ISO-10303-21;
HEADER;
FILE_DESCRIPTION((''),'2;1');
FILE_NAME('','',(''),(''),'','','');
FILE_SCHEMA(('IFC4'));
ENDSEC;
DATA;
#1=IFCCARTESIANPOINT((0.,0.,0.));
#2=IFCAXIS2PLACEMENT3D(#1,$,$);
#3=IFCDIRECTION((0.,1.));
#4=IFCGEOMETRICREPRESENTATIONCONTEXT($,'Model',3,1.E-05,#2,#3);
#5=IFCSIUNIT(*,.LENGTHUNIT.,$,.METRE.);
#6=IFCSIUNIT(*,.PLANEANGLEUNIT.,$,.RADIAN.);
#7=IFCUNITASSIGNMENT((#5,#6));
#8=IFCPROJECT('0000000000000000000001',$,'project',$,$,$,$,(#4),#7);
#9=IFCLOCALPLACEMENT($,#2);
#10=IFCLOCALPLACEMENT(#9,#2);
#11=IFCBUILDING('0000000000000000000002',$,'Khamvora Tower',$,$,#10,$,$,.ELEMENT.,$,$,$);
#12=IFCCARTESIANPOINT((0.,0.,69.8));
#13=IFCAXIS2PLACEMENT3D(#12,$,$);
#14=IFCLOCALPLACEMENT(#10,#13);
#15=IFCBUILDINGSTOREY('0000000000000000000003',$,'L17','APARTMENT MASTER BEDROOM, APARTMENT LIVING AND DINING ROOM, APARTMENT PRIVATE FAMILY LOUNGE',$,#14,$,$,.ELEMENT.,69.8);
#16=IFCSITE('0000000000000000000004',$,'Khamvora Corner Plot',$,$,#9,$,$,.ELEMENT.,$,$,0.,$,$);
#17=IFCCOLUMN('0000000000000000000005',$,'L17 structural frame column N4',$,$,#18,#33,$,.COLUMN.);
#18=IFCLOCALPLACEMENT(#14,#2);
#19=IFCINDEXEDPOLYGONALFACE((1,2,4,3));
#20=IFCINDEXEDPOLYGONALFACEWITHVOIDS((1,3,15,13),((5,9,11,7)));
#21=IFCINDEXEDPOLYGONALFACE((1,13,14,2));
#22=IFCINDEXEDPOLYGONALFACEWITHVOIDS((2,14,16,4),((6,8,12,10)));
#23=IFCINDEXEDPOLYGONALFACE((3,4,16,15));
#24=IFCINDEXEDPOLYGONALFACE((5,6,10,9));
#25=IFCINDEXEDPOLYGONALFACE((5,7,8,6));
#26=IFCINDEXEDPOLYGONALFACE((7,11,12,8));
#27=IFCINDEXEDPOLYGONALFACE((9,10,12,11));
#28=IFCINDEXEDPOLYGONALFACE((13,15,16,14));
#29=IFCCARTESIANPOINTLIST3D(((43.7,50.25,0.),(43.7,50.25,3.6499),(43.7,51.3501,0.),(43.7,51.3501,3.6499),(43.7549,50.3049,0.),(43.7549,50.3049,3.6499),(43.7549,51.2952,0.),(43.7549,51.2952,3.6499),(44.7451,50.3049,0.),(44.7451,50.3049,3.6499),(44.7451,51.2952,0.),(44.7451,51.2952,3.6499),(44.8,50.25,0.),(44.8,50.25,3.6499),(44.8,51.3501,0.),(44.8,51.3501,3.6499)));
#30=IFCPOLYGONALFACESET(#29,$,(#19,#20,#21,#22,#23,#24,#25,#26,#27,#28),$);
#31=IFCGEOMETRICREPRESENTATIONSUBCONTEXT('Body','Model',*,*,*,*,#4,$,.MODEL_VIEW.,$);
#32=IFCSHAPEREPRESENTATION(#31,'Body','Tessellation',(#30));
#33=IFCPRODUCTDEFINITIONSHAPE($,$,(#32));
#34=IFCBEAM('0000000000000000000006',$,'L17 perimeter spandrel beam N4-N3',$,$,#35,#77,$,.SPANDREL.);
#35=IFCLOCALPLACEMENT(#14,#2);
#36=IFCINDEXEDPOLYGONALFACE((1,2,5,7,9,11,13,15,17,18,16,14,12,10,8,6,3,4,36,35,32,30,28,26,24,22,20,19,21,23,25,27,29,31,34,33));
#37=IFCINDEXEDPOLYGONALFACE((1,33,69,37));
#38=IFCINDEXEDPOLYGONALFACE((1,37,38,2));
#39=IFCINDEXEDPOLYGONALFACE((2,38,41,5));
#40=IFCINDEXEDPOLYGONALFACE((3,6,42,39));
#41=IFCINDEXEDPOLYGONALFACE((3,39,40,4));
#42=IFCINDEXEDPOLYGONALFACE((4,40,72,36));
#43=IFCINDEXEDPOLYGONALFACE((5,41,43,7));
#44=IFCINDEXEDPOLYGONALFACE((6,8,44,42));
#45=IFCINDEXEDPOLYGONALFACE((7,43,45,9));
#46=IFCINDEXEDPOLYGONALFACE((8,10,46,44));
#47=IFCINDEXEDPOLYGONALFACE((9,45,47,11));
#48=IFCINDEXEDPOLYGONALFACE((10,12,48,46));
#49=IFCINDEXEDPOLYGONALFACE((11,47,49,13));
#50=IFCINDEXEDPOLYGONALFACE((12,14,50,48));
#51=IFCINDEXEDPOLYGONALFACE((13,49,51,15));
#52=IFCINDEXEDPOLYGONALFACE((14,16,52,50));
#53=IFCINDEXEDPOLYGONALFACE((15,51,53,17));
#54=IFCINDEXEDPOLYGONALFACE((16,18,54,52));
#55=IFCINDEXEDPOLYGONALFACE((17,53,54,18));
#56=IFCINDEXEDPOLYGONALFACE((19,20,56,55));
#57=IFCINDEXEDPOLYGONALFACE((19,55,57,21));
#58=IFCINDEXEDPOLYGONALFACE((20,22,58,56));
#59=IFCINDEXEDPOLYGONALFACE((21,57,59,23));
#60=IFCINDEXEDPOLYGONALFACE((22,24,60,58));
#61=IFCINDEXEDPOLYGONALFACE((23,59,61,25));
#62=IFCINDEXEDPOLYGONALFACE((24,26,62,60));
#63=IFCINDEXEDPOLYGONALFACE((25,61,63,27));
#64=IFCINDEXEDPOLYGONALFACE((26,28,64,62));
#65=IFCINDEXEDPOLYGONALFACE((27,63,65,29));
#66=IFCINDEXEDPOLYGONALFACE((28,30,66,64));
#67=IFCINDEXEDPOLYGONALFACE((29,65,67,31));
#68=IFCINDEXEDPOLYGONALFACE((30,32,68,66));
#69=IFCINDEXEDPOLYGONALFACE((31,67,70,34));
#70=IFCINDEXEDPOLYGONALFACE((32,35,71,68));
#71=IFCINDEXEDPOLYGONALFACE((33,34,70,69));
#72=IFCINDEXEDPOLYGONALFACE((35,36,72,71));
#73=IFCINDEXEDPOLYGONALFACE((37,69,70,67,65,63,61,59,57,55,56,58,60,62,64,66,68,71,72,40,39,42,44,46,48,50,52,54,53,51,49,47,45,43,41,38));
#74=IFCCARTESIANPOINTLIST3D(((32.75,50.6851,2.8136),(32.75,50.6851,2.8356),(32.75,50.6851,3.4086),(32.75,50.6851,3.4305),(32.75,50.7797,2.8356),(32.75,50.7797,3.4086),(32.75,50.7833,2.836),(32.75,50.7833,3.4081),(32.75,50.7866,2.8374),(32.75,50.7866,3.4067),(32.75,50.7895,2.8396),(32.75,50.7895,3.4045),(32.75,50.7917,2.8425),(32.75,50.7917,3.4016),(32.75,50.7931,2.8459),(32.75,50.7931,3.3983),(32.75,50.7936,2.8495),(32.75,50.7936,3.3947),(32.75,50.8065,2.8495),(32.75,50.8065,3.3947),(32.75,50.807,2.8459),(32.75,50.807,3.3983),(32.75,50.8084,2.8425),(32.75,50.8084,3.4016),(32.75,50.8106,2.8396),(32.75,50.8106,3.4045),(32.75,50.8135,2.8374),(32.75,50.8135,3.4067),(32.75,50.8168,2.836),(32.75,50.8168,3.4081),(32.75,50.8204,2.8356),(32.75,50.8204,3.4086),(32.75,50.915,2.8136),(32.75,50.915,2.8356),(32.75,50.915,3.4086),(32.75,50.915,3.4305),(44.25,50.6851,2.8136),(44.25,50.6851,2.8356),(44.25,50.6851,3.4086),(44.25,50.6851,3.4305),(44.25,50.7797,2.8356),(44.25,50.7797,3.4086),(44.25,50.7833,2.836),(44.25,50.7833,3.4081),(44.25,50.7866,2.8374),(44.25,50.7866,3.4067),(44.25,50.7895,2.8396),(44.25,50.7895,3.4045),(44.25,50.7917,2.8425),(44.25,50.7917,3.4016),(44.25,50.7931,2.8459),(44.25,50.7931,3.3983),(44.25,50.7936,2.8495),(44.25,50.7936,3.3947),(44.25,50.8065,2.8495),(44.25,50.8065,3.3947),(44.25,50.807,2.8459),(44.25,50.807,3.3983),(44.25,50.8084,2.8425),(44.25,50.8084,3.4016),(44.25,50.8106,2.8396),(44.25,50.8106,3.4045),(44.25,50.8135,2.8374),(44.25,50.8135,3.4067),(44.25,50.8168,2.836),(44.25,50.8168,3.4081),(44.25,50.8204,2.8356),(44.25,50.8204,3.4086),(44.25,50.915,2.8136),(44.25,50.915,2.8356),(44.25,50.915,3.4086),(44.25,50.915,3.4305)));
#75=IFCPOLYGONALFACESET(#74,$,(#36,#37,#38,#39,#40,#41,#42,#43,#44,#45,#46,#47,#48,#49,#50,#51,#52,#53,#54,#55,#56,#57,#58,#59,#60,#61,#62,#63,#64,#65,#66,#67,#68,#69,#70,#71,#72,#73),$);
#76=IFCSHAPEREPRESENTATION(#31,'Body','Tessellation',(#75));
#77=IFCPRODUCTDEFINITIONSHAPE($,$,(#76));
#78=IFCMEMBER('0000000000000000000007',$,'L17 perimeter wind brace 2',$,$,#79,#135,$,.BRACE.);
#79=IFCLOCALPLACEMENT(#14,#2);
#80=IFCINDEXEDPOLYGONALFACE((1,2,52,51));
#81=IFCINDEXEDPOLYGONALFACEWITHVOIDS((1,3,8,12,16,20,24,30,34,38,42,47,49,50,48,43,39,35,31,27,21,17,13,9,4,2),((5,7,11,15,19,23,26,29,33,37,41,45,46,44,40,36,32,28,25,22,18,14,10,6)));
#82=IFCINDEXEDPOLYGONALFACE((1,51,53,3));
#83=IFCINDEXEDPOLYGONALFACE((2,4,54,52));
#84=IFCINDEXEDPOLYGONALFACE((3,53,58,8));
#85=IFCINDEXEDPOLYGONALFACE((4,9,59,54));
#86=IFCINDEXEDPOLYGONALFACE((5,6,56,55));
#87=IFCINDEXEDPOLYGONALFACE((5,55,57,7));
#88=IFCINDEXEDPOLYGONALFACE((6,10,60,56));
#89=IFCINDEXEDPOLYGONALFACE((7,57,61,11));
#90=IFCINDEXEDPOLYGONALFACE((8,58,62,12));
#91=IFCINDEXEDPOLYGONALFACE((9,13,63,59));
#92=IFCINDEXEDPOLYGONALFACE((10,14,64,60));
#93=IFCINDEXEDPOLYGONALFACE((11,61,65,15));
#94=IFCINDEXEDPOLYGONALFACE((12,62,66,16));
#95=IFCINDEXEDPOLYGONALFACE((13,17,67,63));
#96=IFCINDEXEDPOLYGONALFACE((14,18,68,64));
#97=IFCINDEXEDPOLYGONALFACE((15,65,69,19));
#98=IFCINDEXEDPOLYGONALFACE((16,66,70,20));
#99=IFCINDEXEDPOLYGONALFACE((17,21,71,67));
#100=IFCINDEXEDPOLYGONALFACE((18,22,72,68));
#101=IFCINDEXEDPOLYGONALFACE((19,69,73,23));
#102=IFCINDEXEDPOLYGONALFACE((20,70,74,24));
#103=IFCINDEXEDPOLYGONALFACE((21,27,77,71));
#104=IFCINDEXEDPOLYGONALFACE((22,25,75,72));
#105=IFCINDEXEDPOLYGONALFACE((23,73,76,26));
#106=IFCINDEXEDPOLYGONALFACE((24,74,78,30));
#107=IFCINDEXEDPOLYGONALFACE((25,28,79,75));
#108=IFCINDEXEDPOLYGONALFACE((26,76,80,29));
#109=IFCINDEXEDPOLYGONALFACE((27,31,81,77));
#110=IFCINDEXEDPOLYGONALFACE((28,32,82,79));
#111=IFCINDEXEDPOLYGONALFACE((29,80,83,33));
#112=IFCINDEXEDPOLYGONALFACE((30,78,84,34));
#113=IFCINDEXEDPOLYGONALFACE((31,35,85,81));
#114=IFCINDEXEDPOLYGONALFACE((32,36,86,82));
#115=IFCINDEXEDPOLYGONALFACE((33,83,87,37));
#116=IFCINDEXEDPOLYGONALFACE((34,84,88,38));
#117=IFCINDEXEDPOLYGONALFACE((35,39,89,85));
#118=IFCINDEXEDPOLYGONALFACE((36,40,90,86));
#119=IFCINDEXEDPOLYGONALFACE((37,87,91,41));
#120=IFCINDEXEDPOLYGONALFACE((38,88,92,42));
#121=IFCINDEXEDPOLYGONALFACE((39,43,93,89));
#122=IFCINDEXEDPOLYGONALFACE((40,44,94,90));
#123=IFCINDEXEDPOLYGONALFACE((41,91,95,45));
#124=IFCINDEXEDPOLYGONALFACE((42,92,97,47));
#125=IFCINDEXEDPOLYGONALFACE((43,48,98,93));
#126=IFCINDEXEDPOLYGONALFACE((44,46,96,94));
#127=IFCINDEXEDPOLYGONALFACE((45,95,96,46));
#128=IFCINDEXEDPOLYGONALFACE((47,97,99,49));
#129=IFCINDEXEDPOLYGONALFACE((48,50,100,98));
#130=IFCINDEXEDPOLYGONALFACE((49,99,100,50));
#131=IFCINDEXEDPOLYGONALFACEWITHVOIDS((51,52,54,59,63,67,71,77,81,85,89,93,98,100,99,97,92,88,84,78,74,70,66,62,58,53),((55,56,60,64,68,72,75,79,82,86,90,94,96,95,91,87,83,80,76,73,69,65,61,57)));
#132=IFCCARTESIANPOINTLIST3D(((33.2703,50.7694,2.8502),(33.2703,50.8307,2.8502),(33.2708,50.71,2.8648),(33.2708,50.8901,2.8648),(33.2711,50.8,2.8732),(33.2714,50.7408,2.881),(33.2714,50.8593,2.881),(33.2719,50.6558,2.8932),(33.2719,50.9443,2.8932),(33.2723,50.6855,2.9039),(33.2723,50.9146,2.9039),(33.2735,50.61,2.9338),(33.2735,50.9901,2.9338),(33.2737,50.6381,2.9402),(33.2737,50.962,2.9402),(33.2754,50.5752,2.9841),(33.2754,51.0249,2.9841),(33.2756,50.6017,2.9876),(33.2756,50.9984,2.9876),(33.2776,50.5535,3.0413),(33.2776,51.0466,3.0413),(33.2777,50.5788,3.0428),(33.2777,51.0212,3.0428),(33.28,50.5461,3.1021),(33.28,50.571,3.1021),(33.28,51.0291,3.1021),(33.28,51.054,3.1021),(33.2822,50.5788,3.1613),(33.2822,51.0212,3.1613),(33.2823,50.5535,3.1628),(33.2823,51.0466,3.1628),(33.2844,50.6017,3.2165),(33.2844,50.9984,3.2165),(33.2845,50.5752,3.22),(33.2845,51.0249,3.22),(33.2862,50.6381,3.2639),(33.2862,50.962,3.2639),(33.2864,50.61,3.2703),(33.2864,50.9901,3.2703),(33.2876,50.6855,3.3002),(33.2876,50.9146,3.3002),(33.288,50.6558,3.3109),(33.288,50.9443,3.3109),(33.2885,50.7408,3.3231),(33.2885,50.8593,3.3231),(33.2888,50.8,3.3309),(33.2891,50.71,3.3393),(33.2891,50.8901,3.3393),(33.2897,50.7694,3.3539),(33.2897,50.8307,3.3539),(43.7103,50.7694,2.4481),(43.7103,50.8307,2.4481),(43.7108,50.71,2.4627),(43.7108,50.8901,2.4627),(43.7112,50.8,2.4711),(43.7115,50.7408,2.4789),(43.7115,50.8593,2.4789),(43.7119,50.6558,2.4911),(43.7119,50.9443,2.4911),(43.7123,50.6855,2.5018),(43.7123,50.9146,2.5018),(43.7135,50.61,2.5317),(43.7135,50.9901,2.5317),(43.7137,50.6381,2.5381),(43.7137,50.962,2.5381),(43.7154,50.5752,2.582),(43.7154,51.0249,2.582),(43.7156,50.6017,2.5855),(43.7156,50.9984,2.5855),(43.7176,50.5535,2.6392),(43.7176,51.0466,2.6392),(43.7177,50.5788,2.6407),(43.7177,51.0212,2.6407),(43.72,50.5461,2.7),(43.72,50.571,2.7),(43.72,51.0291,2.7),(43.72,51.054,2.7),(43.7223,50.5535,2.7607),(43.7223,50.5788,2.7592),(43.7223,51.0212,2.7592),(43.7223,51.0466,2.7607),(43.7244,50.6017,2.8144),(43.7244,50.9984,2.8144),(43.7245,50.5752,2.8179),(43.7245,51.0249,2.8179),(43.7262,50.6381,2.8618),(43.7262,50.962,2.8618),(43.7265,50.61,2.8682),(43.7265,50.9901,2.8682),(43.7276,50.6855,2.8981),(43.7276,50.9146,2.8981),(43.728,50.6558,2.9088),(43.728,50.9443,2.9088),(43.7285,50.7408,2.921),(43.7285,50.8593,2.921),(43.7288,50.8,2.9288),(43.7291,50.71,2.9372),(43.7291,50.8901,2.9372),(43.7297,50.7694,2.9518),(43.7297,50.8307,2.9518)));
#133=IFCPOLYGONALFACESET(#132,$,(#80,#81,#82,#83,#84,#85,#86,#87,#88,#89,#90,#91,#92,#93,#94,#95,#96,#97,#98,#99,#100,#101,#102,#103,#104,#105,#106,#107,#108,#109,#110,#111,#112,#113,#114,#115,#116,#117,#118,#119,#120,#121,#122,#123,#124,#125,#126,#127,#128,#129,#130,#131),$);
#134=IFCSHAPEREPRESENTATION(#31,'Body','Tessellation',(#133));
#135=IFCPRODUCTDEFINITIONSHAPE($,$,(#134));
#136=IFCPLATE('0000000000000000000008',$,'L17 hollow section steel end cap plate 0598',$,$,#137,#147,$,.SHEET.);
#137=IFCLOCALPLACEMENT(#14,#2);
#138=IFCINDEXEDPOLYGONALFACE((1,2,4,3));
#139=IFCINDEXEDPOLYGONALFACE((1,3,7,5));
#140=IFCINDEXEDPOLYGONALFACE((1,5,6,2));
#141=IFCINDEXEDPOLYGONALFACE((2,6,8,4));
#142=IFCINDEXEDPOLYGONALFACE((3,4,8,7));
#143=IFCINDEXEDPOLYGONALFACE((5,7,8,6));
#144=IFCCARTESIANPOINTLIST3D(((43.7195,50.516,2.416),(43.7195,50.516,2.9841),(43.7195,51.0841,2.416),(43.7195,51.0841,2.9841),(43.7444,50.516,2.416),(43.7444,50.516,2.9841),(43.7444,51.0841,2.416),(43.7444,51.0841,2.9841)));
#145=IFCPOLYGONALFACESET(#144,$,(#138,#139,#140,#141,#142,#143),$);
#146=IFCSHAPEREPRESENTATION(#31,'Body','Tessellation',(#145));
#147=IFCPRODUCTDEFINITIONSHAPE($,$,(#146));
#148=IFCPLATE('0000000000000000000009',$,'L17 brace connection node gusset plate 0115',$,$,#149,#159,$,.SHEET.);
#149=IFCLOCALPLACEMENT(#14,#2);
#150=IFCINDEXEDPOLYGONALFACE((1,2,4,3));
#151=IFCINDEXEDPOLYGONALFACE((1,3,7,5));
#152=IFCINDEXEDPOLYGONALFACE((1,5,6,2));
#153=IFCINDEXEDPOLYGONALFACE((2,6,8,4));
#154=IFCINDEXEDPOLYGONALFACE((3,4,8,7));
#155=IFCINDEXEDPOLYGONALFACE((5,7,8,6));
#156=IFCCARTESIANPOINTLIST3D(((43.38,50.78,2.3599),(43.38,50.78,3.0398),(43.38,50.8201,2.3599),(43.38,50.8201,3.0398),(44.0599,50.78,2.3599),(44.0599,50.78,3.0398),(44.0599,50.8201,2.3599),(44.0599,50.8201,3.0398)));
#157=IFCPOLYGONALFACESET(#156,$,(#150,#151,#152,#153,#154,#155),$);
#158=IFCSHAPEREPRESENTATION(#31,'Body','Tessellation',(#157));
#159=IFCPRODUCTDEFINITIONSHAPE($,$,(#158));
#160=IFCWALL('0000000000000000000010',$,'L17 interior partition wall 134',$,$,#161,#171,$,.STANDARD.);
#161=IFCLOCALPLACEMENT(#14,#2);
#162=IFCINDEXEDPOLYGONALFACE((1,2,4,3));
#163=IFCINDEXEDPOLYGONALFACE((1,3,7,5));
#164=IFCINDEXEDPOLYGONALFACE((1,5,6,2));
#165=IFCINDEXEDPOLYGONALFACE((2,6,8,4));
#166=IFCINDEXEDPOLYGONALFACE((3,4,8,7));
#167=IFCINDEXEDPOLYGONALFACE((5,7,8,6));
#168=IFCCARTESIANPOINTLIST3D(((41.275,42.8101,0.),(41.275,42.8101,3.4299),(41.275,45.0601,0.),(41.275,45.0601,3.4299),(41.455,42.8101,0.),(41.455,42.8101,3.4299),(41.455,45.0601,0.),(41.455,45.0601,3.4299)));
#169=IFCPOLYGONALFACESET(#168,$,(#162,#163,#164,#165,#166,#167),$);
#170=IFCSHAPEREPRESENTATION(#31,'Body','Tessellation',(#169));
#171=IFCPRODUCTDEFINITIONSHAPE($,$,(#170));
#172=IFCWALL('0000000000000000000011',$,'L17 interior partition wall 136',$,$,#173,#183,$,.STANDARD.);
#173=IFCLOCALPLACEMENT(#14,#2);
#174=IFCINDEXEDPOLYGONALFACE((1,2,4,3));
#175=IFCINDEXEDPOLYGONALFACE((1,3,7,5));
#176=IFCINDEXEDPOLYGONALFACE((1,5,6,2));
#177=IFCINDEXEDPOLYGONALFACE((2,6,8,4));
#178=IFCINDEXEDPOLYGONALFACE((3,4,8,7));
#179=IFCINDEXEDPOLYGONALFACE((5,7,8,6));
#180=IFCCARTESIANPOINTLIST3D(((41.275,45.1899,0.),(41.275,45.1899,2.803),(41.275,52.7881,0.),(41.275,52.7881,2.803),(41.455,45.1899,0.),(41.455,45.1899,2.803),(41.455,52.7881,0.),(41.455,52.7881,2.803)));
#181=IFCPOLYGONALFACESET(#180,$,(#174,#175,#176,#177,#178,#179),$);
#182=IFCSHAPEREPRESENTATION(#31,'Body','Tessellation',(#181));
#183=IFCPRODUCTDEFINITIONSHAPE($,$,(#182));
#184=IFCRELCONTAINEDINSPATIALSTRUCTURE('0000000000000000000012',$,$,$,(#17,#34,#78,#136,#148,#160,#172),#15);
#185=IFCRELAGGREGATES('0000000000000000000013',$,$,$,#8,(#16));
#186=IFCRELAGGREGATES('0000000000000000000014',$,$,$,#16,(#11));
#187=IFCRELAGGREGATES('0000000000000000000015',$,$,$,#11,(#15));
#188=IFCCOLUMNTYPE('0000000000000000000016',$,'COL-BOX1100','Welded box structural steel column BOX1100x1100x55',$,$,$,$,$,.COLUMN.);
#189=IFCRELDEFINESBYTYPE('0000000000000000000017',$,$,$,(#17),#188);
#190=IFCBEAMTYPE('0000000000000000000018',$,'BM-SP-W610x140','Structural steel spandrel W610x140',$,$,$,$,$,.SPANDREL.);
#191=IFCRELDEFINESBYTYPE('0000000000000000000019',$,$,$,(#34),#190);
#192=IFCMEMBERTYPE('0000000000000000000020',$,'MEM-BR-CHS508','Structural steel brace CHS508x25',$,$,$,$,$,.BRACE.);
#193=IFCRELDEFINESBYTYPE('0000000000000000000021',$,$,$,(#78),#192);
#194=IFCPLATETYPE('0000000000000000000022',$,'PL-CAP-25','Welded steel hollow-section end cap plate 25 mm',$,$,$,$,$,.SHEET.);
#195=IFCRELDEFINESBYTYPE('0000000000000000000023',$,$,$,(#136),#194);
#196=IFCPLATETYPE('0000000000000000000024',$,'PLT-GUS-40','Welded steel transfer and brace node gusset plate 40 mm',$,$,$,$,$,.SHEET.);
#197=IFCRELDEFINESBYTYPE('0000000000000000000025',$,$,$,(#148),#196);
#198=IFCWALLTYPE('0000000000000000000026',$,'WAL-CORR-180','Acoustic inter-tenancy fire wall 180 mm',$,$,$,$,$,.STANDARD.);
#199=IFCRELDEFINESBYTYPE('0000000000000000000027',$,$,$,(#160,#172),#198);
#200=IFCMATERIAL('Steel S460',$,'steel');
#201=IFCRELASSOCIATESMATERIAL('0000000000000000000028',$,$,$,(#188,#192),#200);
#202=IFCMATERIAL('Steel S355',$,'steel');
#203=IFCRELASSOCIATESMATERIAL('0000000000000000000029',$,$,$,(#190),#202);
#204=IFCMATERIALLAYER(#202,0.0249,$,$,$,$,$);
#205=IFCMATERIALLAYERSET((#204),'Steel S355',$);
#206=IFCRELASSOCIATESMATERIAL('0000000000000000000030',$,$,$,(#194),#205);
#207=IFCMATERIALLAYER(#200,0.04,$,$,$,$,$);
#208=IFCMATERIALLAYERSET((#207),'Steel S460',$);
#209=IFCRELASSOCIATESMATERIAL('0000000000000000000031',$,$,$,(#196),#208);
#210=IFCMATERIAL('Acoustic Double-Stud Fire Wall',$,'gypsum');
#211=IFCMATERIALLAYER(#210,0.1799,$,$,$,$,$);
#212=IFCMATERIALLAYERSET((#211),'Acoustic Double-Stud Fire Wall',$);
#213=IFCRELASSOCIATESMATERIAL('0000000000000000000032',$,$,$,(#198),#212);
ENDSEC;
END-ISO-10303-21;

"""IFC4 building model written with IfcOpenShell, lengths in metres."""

from ifc_helpers import new_model, si_unit, direction, frame, frame_2d, origin, origin_2d, place, context, subcontext, project, spatial, rectangle, hollow_rectangle, hollow_circle, i_section, extrude, material, layer, layer_set, material_profile, profile_set, type_object, element, save


model = new_model("IFC4")

# Units and contexts
model_context = context("Model", 3, precision=1e-05, world=origin(), true_north=direction((0.0, 1.0)))
body_context = subcontext(model_context, "Body", "Model", "MODEL_VIEW")
ifc_project = project(units=[si_unit("LENGTHUNIT", "METRE"), si_unit("PLANEANGLEUNIT", "RADIAN")], contexts=[model_context])

# Site, building, storey
site_placement = place(None, origin())
site = spatial("IfcSite", under=ifc_project, at=site_placement, Name="Khamvora Corner Plot", CompositionType="ELEMENT", RefElevation=0.0)
building_placement = place(site_placement, origin())
building = spatial("IfcBuilding", under=site, at=building_placement, Name="Khamvora Tower", CompositionType="ELEMENT")
storey_placement = place(building_placement, frame((0.0, 0.0, 69.8)))
storey = spatial("IfcBuildingStorey", under=building, at=storey_placement, Name="L17", Description="APARTMENT MASTER BEDROOM, APARTMENT LIVING AND DINING ROOM, APARTMENT PRIVATE FAMILY LOUNGE", CompositionType="ELEMENT", Elevation=69.8)

# Column
ifc_material_1 = material(Name="Steel S460", Category="steel")
ifc_material_profile_1 = material_profile(ifc_material_1, hollow_rectangle(XDim=1.1001, YDim=1.1001, WallThickness=0.0549, at=origin_2d()), Name="BOX1100x1100x55")
ifc_profile_set_1 = profile_set([ifc_material_profile_1], Name="Steel S460")
column_type = type_object("IfcColumnType", Name="COL-BOX1100", Description="Welded box structural steel column BOX1100x1100x55", PredefinedType="COLUMN", material=ifc_profile_set_1)
column_placement = place(storey_placement, frame((44.25, 50.8, 0.0), z_axis=(0.0, 0.0, 1.0), x_axis=(1.0, 0.0, 0.0)))
element("IfcColumn", 1, at=column_placement, inside=storey, type_object=column_type, Name="L17 structural frame column N4", PredefinedType="COLUMN", context=body_context, shape_type="SweptSolid", body=[
    extrude(hollow_rectangle(XDim=1.1001, YDim=1.1001, WallThickness=0.0549, at=origin_2d()), origin(), (0.0, 0.0, 1.0), 3.6499),
])

# Beam
ifc_material_2 = material(Name="Steel S355", Category="steel")
ifc_material_profile_2 = material_profile(ifc_material_2, i_section(OverallWidth=0.23, OverallDepth=0.6169, WebThickness=0.0129, FlangeThickness=0.022, FilletRadius=0.0139, at=origin_2d()), Name="W610x140")
ifc_profile_set_2 = profile_set([ifc_material_profile_2], Name="Steel S355")
beam_type = type_object("IfcBeamType", Name="BM-SP-W610x140", Description="Structural steel spandrel W610x140", PredefinedType="SPANDREL", material=ifc_profile_set_2)
beam_placement = place(storey_placement, frame((44.25, 50.8, 3.1221), z_axis=(-1.0, 0.0, 0.0), x_axis=(0.0, -1.0, 0.0)))
element("IfcBeam", 2, at=beam_placement, inside=storey, type_object=beam_type, Name="L17 perimeter spandrel beam N4-N3", PredefinedType="SPANDREL", context=body_context, shape_type="SweptSolid", body=[
    extrude(i_section(OverallWidth=0.23, OverallDepth=0.6169, WebThickness=0.0129, FlangeThickness=0.022, FilletRadius=0.0139, at=origin_2d()), origin(), (0.0, 0.0, 1.0), 11.5),
])

# Member
ifc_material_profile_3 = material_profile(ifc_material_1, hollow_circle(Radius=0.2539, WallThickness=0.0249, at=origin_2d()), Name="CHS508x25")
ifc_profile_set_3 = profile_set([ifc_material_profile_3], Name="Steel S460")
member_type = type_object("IfcMemberType", Name="MEM-BR-CHS508", Description="Structural steel brace CHS508x25", PredefinedType="BRACE", material=ifc_profile_set_3)
member_placement = place(storey_placement, frame((43.72, 50.8, 2.7), z_axis=(-0.999259, 0.0, 0.038487), x_axis=(0.0, -1.0, 0.0)))
element("IfcMember", 3, at=member_placement, inside=storey, type_object=member_type, Name="L17 perimeter wind brace 2", PredefinedType="BRACE", context=body_context, shape_type="SweptSolid", body=[
    extrude(hollow_circle(Radius=0.2539, WallThickness=0.0249, at=origin_2d()), origin(), (0.0, 0.0, 1.0), 10.4478),
])

# Plates
ifc_layer_1 = layer(ifc_material_2, 0.0249)
ifc_layer_set_1 = layer_set([ifc_layer_1], Name="Steel S355")
plate_type_1 = type_object("IfcPlateType", Name="PL-CAP-25", Description="Welded steel hollow-section end cap plate 25 mm", PredefinedType="SHEET", material=ifc_layer_set_1)
plate_1_placement = place(storey_placement, frame((43.7319, 50.8, 2.416), z_axis=(0.0, 0.0, 1.0), x_axis=(-1.0, 0.0, 0.0)))
element("IfcPlate", 4, at=plate_1_placement, inside=storey, type_object=plate_type_1, Name="L17 hollow section steel end cap plate 0598", PredefinedType="SHEET", context=body_context, shape_type="SweptSolid", body=[
    extrude(rectangle(XDim=0.0249, YDim=0.5681, at=origin_2d()), origin(), (0.0, 0.0, 1.0), 0.5681),
])
ifc_layer_2 = layer(ifc_material_1, 0.04)
ifc_layer_set_2 = layer_set([ifc_layer_2], Name="Steel S460")
plate_type_2 = type_object("IfcPlateType", Name="PLT-GUS-40", Description="Welded steel transfer and brace node gusset plate 40 mm", PredefinedType="SHEET", material=ifc_layer_set_2)
plate_2_placement = place(storey_placement, frame((43.72, 50.8, 2.3599), z_axis=(0.0, 0.0, 1.0), x_axis=(1.0, 0.0, 0.0)))
element("IfcPlate", 5, at=plate_2_placement, inside=storey, type_object=plate_type_2, Name="L17 brace connection node gusset plate 0115", PredefinedType="SHEET", context=body_context, shape_type="SweptSolid", body=[
    extrude(rectangle(XDim=0.6799, YDim=0.04, at=origin_2d()), origin(), (0.0, 0.0, 1.0), 0.6799),
])

# Walls
ifc_material_3 = material(Name="Acoustic Double-Stud Fire Wall", Category="gypsum")
ifc_layer_3 = layer(ifc_material_3, 0.1799)
ifc_layer_set_3 = layer_set([ifc_layer_3], Name="Acoustic Double-Stud Fire Wall")
wall_type_1 = type_object("IfcWallType", Name="WAL-CORR-180", Description="Acoustic inter-tenancy fire wall 180 mm", PredefinedType="STANDARD", material=ifc_layer_set_3)
wall_1_placement = place(storey_placement, frame((41.365, 45.0601, 0.0), z_axis=(0.0, 0.0, 1.0), x_axis=(0.0, -1.0, 0.0)))
element("IfcWall", 6, at=wall_1_placement, inside=storey, type_object=wall_type_1, Name="L17 interior partition wall 134", PredefinedType="STANDARD", context=body_context, shape_type="SweptSolid", body=[
    extrude(rectangle(XDim=2.25, YDim=0.1799, at=frame_2d((1.125, 0.0))), origin(), (0.0, 0.0, 1.0), 3.4299),
])
wall_2_placement = place(storey_placement, frame((41.365, 52.7881, 0.0), z_axis=(0.0, 0.0, 1.0), x_axis=(0.0, -1.0, 0.0)))
element("IfcWall", 7, at=wall_2_placement, inside=storey, type_object=wall_type_1, Name="L17 interior partition wall 136", PredefinedType="STANDARD", context=body_context, shape_type="SweptSolid", body=[
    extrude(rectangle(XDim=7.5981, YDim=0.1799, at=frame_2d((3.7991, 0.0))), origin(), (0.0, 0.0, 1.0), 2.803),
])

save(model, "model.ifc")
